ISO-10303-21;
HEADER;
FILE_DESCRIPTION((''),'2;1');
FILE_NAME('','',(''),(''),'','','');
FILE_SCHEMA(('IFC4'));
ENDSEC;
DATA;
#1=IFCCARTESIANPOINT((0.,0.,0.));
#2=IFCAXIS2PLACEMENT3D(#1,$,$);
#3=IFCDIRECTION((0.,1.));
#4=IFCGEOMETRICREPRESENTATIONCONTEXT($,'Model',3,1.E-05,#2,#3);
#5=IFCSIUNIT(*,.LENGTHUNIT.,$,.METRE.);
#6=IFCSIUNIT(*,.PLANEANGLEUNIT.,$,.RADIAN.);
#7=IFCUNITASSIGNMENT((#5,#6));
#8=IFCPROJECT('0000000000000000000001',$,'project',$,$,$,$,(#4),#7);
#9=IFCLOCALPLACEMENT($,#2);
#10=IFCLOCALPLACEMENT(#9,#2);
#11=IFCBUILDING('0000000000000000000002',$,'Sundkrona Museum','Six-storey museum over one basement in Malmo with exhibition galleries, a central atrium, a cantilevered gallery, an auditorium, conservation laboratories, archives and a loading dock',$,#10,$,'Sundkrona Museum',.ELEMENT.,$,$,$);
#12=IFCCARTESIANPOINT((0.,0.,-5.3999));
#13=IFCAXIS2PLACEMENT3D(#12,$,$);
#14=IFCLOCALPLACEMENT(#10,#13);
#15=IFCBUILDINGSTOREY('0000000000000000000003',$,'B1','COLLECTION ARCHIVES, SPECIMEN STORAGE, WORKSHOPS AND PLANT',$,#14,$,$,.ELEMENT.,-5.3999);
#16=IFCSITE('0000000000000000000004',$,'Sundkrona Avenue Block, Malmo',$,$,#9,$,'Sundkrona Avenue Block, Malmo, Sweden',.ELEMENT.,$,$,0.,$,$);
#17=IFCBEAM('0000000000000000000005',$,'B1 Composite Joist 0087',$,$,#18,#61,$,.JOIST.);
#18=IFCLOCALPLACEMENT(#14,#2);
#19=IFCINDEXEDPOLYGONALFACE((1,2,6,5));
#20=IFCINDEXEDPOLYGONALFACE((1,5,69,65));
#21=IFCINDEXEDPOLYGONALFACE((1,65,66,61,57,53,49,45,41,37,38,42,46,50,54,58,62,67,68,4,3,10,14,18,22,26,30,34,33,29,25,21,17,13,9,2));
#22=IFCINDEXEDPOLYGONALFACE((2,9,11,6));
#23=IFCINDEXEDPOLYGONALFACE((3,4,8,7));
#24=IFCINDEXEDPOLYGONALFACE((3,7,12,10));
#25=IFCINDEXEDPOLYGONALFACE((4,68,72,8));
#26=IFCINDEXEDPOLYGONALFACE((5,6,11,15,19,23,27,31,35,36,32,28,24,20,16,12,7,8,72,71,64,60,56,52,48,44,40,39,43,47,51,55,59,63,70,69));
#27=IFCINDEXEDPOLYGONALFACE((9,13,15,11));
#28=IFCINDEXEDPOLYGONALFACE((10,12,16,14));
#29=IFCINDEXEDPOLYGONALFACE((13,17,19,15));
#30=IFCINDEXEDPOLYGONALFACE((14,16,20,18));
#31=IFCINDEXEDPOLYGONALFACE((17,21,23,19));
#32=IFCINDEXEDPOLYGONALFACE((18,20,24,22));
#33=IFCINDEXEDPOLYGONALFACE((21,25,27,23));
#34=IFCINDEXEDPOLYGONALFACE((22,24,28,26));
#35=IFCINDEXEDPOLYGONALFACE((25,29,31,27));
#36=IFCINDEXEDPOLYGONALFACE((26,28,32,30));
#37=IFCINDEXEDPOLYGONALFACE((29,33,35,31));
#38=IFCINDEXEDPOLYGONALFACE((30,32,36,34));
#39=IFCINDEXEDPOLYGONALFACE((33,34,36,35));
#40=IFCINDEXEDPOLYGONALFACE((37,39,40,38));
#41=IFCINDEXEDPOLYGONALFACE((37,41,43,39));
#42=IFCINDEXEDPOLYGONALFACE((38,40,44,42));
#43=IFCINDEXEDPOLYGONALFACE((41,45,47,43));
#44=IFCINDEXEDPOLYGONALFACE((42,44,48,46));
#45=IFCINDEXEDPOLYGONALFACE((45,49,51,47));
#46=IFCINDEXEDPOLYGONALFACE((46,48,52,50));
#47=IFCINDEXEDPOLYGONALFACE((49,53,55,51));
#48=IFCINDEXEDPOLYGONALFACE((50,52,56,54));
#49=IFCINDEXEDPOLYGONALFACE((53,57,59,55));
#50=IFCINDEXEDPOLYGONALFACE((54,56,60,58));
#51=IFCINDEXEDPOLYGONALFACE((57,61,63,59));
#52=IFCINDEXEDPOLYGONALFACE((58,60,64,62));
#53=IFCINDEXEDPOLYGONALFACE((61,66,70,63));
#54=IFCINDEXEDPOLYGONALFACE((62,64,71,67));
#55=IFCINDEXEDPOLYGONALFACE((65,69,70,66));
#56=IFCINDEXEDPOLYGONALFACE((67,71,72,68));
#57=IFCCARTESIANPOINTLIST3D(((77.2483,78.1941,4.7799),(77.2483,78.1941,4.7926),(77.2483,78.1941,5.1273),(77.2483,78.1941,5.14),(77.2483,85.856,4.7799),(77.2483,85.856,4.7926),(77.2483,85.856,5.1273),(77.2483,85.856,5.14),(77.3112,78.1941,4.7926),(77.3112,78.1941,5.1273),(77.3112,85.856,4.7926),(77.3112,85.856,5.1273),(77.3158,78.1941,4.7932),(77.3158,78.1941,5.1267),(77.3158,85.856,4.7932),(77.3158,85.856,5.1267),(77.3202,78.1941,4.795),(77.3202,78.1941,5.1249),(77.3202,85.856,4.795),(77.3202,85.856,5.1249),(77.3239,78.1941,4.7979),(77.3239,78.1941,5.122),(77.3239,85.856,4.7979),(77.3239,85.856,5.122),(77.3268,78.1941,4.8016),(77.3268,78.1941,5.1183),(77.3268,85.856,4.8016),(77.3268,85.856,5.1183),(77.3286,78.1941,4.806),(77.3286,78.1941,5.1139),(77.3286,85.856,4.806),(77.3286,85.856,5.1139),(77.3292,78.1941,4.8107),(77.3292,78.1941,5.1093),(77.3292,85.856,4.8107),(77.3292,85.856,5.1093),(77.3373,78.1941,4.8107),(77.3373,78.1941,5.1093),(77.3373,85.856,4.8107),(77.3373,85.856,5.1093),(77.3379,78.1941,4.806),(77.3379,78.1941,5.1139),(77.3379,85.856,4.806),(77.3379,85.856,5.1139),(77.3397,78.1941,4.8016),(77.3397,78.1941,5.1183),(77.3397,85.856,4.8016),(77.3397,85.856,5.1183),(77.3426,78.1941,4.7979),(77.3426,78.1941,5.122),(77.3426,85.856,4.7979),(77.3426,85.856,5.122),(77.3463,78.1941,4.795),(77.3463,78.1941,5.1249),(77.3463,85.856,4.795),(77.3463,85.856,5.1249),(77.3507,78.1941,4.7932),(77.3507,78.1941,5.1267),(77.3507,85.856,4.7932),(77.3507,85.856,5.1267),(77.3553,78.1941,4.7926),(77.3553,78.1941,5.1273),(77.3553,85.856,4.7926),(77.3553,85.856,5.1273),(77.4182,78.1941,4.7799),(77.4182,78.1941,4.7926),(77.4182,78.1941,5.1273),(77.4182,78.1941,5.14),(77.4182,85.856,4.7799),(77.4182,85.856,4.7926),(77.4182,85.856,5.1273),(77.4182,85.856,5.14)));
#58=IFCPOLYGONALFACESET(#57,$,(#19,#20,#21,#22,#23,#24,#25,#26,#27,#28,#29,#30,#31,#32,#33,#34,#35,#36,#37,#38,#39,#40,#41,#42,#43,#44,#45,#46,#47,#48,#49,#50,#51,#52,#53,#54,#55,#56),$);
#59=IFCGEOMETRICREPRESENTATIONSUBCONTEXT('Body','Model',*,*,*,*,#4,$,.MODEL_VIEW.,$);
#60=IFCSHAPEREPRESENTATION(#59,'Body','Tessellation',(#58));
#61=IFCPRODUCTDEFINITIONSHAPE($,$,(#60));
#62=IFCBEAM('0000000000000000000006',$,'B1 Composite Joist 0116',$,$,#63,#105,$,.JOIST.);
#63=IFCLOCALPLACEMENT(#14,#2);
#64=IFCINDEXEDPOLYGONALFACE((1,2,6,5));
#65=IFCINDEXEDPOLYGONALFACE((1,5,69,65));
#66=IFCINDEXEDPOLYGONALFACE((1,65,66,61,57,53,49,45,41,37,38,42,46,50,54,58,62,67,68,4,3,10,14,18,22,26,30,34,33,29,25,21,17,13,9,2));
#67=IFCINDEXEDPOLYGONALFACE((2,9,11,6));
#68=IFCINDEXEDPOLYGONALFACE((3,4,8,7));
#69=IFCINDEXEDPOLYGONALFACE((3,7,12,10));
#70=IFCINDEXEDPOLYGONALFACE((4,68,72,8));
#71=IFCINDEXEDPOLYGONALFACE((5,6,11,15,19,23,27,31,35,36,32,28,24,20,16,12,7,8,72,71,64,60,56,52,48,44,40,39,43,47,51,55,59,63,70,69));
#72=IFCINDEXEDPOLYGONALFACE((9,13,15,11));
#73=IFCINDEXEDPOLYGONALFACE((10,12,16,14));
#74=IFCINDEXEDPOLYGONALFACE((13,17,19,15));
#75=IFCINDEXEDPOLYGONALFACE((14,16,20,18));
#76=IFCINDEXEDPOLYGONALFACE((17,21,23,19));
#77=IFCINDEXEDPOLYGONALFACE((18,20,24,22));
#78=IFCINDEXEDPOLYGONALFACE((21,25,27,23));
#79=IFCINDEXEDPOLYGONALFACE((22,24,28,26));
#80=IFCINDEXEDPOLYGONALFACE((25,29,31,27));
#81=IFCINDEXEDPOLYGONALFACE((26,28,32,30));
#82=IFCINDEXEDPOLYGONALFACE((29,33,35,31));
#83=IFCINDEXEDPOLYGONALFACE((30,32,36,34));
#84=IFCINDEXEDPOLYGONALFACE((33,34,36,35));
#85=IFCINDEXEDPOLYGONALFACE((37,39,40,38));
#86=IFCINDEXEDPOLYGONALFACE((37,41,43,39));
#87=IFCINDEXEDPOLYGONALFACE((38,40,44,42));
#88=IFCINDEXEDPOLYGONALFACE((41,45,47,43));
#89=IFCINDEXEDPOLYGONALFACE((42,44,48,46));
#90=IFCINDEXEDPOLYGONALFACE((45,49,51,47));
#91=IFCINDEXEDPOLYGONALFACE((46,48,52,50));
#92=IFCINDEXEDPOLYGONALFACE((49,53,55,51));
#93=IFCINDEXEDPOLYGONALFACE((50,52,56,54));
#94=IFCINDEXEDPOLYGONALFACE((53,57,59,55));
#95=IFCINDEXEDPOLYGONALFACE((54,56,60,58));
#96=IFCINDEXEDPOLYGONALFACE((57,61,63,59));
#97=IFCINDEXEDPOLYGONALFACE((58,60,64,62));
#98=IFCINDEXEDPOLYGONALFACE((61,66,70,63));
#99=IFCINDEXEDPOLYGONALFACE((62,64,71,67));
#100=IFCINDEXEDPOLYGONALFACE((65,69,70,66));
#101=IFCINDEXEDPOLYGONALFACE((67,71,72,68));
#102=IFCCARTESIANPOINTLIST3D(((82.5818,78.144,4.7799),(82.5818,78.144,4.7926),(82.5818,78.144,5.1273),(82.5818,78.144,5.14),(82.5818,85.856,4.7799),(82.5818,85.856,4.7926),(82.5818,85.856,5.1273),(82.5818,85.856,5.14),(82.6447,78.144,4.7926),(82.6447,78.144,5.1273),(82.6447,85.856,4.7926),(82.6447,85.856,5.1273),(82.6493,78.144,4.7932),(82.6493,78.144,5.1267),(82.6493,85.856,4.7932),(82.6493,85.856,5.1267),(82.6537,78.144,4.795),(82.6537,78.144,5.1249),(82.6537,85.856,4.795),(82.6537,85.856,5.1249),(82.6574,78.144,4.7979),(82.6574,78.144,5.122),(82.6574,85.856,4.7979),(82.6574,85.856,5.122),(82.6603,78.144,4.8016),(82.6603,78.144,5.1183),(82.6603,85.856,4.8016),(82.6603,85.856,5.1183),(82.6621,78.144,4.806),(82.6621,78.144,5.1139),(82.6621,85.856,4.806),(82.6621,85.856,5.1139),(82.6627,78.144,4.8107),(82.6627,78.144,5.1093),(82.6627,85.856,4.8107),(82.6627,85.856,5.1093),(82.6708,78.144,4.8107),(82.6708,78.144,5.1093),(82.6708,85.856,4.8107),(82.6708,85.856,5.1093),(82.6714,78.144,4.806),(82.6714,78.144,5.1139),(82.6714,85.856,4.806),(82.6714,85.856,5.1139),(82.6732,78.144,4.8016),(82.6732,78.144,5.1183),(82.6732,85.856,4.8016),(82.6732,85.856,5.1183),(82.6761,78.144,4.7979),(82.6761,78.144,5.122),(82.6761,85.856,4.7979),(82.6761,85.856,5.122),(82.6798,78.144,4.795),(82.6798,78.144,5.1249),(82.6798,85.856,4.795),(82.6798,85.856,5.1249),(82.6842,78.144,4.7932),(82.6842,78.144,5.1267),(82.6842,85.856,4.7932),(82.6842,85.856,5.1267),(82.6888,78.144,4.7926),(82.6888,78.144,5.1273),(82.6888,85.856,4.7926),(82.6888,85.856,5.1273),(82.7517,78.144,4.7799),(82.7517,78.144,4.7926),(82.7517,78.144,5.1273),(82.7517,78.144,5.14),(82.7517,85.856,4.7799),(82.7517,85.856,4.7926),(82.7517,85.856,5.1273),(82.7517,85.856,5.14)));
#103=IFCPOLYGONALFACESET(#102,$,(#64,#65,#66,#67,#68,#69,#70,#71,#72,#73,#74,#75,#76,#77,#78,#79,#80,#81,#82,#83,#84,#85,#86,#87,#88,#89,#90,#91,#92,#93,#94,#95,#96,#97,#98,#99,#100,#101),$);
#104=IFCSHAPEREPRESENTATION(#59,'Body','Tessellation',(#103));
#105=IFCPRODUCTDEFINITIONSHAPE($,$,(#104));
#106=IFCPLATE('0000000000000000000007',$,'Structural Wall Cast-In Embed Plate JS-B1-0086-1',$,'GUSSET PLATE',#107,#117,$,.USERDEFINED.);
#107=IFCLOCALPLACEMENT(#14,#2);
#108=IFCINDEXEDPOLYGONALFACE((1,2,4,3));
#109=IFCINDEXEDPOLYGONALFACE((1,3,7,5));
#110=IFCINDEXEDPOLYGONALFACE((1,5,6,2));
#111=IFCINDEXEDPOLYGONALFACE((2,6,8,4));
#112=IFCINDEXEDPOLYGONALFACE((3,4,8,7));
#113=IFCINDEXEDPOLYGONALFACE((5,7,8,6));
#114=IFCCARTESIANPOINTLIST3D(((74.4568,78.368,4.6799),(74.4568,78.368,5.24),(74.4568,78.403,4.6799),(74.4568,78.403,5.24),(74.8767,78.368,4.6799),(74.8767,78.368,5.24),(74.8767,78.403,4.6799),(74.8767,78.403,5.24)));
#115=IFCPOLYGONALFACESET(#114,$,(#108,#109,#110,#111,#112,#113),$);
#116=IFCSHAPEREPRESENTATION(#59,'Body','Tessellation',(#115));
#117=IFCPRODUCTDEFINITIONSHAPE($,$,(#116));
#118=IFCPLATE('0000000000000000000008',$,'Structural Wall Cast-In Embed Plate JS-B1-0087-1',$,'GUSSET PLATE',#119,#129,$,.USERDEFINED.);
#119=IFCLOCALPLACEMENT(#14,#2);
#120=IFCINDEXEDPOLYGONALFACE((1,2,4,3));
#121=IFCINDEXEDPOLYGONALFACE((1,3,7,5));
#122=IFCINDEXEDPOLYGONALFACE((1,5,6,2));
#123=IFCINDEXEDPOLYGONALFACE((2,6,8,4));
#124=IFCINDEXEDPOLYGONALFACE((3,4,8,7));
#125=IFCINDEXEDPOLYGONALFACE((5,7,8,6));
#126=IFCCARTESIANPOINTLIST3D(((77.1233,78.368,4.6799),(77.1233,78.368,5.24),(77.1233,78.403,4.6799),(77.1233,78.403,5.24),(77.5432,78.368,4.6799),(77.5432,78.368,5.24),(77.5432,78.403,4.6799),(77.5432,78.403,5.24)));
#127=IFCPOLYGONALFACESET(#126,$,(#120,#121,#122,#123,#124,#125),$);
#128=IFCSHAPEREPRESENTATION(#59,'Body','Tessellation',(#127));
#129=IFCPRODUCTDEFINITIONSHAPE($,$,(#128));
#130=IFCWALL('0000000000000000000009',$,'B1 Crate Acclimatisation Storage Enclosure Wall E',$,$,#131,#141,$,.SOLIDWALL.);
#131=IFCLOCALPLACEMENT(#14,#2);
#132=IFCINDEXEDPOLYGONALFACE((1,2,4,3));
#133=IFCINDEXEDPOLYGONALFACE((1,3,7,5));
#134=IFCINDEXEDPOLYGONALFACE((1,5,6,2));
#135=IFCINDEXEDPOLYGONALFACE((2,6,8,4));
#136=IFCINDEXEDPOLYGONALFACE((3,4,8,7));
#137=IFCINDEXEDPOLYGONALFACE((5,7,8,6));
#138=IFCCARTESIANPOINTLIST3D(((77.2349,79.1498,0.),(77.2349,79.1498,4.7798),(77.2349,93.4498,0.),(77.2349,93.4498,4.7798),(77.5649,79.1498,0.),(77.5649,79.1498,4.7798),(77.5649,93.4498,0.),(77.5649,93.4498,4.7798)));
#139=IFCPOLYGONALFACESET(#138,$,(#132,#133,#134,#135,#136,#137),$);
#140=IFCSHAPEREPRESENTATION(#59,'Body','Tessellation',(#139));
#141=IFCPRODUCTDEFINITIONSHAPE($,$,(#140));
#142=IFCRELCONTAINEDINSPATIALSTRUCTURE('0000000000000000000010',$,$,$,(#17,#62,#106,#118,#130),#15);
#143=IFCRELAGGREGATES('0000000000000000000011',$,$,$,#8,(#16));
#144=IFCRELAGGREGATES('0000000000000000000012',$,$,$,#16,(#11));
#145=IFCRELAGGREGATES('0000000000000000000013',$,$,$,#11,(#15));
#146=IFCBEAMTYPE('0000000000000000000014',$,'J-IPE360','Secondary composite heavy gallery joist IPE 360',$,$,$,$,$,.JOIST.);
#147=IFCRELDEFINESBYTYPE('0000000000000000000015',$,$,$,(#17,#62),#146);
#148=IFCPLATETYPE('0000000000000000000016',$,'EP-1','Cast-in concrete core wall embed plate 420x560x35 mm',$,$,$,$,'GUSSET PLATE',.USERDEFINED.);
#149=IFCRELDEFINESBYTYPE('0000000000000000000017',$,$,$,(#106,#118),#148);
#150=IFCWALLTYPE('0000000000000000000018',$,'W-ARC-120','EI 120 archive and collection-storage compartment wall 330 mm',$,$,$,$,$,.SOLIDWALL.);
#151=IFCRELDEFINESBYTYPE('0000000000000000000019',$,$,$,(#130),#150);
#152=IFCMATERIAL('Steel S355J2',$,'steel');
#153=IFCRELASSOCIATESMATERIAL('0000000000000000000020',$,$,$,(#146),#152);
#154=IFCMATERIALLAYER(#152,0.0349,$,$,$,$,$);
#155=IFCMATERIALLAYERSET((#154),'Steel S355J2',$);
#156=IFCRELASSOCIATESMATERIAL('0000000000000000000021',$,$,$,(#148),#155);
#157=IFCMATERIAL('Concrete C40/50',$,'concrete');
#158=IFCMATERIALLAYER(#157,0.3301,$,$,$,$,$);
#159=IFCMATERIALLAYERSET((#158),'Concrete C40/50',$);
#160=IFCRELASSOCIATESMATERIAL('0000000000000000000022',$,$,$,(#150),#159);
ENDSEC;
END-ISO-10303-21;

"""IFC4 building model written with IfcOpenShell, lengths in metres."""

from ifc_helpers import new_model, si_unit, direction, frame, frame_2d, origin, origin_2d, place, context, subcontext, project, spatial, rectangle, i_section, extrude, material, layer, layer_set, material_profile, profile_set, type_object, element, save


model = new_model("IFC4")

# Units and contexts
model_context = context("Model", 3, precision=1e-05, world=origin(), true_north=direction((0.0, 1.0)))
body_context = subcontext(model_context, "Body", "Model", "MODEL_VIEW")
ifc_project = project(units=[si_unit("LENGTHUNIT", "METRE"), si_unit("PLANEANGLEUNIT", "RADIAN")], contexts=[model_context])

# Site, building, storey
site_placement = place(None, origin())
site = spatial("IfcSite", under=ifc_project, at=site_placement, Name="Sundkrona Avenue Block, Malmo", LongName="Sundkrona Avenue Block, Malmo, Sweden", CompositionType="ELEMENT", RefElevation=0.0)
building_placement = place(site_placement, origin())
building = spatial("IfcBuilding", under=site, at=building_placement, Name="Sundkrona Museum", Description="Six-storey museum over one basement in Malmo with exhibition galleries, a central atrium, a cantilevered gallery, an auditorium, conservation laboratories, archives and a loading dock", LongName="Sundkrona Museum", CompositionType="ELEMENT")
storey_placement = place(building_placement, frame((0.0, 0.0, -5.3999)))
storey = spatial("IfcBuildingStorey", under=building, at=storey_placement, Name="B1", Description="COLLECTION ARCHIVES, SPECIMEN STORAGE, WORKSHOPS AND PLANT", CompositionType="ELEMENT", Elevation=-5.3999)

# Shared definitions
ifc_material_1 = material(Name="Concrete C40/50", Category="concrete")

# Beams
ifc_material_2 = material(Name="Steel S355J2", Category="steel")
ifc_material_profile_1 = material_profile(ifc_material_2, i_section(OverallWidth=0.1699, OverallDepth=0.3601, WebThickness=0.0081, FlangeThickness=0.0127, FilletRadius=0.0181, at=origin_2d()), Name="IPE 360")
ifc_profile_set_1 = profile_set([ifc_material_profile_1], Name="Steel S355J2")
beam_type_1 = type_object("IfcBeamType", Name="J-IPE360", Description="Secondary composite heavy gallery joist IPE 360", PredefinedType="JOIST", material=ifc_profile_set_1)
for number, where, z_axis, x_axis, name in (
    (1, (77.3333, 78.1941, 4.96), (0.0, 1.0, 0.0), (-1.0, 0.0, 0.0), "B1 Composite Joist 0087"),
):
    element("IfcBeam", number, at=place(storey_placement, frame(where, z_axis=z_axis, x_axis=x_axis)), inside=storey, type_object=beam_type_1, Name=name, PredefinedType="JOIST", context=body_context, shape_type="SweptSolid", body=[
        extrude(i_section(OverallWidth=0.1699, OverallDepth=0.3601, WebThickness=0.0081, FlangeThickness=0.0127, FilletRadius=0.0181, at=origin_2d()), origin(), (0.0, 0.0, 1.0), 7.6619),
    ])
beam_placement = place(storey_placement, frame((82.6667, 78.144, 4.96), z_axis=(0.0, 1.0, 0.0), x_axis=(-1.0, 0.0, 0.0)))
element("IfcBeam", 2, at=beam_placement, inside=storey, type_object=beam_type_1, Name="B1 Composite Joist 0116", PredefinedType="JOIST", context=body_context, shape_type="SweptSolid", body=[
    extrude(i_section(OverallWidth=0.1699, OverallDepth=0.3601, WebThickness=0.0081, FlangeThickness=0.0127, FilletRadius=0.0181, at=origin_2d()), origin(), (0.0, 0.0, 1.0), 7.7119),
])

# Plates
ifc_layer_1 = layer(ifc_material_2, 0.0349)
ifc_layer_set_1 = layer_set([ifc_layer_1], Name="Steel S355J2")
plate_type = type_object("IfcPlateType", Name="EP-1", Description="Cast-in concrete core wall embed plate 420x560x35 mm", ElementType="GUSSET PLATE", PredefinedType="USERDEFINED", material=ifc_layer_set_1)
for number, where, z_axis, x_axis, name in (
    (3, (74.6667, 78.3855, 4.6799), (0.0, 0.0, 1.0), (1.0, 0.0, 0.0), "Structural Wall Cast-In Embed Plate JS-B1-0086-1"),
    (4, (77.3333, 78.3855, 4.6799), (0.0, 0.0, 1.0), (1.0, 0.0, 0.0), "Structural Wall Cast-In Embed Plate JS-B1-0087-1"),
):
    element("IfcPlate", number, at=place(storey_placement, frame(where, z_axis=z_axis, x_axis=x_axis)), inside=storey, type_object=plate_type, Name=name, ObjectType="GUSSET PLATE", PredefinedType="USERDEFINED", context=body_context, shape_type="SweptSolid", body=[
        extrude(rectangle(XDim=0.4199, YDim=0.0349, at=origin_2d()), origin(), (0.0, 0.0, 1.0), 0.5601),
    ])

# Wall
ifc_layer_2 = layer(ifc_material_1, 0.3301)
ifc_layer_set_2 = layer_set([ifc_layer_2], Name="Concrete C40/50")
wall_type = type_object("IfcWallType", Name="W-ARC-120", Description="EI 120 archive and collection-storage compartment wall 330 mm", PredefinedType="SOLIDWALL", material=ifc_layer_set_2)
wall_placement = place(storey_placement, frame((77.3999, 79.1499, 0.0), z_axis=(0.0, 0.0, 1.0), x_axis=(0.0, 1.0, 0.0)))
element("IfcWall", 5, at=wall_placement, inside=storey, type_object=wall_type, Name="B1 Crate Acclimatisation Storage Enclosure Wall E", PredefinedType="SOLIDWALL", context=body_context, shape_type="SweptSolid", body=[
    extrude(rectangle(XDim=14.3, YDim=0.3301, at=frame_2d((7.1499, 0.0))), origin(), (0.0, 0.0, 1.0), 4.7798),
])

save(model, "model.ifc")
